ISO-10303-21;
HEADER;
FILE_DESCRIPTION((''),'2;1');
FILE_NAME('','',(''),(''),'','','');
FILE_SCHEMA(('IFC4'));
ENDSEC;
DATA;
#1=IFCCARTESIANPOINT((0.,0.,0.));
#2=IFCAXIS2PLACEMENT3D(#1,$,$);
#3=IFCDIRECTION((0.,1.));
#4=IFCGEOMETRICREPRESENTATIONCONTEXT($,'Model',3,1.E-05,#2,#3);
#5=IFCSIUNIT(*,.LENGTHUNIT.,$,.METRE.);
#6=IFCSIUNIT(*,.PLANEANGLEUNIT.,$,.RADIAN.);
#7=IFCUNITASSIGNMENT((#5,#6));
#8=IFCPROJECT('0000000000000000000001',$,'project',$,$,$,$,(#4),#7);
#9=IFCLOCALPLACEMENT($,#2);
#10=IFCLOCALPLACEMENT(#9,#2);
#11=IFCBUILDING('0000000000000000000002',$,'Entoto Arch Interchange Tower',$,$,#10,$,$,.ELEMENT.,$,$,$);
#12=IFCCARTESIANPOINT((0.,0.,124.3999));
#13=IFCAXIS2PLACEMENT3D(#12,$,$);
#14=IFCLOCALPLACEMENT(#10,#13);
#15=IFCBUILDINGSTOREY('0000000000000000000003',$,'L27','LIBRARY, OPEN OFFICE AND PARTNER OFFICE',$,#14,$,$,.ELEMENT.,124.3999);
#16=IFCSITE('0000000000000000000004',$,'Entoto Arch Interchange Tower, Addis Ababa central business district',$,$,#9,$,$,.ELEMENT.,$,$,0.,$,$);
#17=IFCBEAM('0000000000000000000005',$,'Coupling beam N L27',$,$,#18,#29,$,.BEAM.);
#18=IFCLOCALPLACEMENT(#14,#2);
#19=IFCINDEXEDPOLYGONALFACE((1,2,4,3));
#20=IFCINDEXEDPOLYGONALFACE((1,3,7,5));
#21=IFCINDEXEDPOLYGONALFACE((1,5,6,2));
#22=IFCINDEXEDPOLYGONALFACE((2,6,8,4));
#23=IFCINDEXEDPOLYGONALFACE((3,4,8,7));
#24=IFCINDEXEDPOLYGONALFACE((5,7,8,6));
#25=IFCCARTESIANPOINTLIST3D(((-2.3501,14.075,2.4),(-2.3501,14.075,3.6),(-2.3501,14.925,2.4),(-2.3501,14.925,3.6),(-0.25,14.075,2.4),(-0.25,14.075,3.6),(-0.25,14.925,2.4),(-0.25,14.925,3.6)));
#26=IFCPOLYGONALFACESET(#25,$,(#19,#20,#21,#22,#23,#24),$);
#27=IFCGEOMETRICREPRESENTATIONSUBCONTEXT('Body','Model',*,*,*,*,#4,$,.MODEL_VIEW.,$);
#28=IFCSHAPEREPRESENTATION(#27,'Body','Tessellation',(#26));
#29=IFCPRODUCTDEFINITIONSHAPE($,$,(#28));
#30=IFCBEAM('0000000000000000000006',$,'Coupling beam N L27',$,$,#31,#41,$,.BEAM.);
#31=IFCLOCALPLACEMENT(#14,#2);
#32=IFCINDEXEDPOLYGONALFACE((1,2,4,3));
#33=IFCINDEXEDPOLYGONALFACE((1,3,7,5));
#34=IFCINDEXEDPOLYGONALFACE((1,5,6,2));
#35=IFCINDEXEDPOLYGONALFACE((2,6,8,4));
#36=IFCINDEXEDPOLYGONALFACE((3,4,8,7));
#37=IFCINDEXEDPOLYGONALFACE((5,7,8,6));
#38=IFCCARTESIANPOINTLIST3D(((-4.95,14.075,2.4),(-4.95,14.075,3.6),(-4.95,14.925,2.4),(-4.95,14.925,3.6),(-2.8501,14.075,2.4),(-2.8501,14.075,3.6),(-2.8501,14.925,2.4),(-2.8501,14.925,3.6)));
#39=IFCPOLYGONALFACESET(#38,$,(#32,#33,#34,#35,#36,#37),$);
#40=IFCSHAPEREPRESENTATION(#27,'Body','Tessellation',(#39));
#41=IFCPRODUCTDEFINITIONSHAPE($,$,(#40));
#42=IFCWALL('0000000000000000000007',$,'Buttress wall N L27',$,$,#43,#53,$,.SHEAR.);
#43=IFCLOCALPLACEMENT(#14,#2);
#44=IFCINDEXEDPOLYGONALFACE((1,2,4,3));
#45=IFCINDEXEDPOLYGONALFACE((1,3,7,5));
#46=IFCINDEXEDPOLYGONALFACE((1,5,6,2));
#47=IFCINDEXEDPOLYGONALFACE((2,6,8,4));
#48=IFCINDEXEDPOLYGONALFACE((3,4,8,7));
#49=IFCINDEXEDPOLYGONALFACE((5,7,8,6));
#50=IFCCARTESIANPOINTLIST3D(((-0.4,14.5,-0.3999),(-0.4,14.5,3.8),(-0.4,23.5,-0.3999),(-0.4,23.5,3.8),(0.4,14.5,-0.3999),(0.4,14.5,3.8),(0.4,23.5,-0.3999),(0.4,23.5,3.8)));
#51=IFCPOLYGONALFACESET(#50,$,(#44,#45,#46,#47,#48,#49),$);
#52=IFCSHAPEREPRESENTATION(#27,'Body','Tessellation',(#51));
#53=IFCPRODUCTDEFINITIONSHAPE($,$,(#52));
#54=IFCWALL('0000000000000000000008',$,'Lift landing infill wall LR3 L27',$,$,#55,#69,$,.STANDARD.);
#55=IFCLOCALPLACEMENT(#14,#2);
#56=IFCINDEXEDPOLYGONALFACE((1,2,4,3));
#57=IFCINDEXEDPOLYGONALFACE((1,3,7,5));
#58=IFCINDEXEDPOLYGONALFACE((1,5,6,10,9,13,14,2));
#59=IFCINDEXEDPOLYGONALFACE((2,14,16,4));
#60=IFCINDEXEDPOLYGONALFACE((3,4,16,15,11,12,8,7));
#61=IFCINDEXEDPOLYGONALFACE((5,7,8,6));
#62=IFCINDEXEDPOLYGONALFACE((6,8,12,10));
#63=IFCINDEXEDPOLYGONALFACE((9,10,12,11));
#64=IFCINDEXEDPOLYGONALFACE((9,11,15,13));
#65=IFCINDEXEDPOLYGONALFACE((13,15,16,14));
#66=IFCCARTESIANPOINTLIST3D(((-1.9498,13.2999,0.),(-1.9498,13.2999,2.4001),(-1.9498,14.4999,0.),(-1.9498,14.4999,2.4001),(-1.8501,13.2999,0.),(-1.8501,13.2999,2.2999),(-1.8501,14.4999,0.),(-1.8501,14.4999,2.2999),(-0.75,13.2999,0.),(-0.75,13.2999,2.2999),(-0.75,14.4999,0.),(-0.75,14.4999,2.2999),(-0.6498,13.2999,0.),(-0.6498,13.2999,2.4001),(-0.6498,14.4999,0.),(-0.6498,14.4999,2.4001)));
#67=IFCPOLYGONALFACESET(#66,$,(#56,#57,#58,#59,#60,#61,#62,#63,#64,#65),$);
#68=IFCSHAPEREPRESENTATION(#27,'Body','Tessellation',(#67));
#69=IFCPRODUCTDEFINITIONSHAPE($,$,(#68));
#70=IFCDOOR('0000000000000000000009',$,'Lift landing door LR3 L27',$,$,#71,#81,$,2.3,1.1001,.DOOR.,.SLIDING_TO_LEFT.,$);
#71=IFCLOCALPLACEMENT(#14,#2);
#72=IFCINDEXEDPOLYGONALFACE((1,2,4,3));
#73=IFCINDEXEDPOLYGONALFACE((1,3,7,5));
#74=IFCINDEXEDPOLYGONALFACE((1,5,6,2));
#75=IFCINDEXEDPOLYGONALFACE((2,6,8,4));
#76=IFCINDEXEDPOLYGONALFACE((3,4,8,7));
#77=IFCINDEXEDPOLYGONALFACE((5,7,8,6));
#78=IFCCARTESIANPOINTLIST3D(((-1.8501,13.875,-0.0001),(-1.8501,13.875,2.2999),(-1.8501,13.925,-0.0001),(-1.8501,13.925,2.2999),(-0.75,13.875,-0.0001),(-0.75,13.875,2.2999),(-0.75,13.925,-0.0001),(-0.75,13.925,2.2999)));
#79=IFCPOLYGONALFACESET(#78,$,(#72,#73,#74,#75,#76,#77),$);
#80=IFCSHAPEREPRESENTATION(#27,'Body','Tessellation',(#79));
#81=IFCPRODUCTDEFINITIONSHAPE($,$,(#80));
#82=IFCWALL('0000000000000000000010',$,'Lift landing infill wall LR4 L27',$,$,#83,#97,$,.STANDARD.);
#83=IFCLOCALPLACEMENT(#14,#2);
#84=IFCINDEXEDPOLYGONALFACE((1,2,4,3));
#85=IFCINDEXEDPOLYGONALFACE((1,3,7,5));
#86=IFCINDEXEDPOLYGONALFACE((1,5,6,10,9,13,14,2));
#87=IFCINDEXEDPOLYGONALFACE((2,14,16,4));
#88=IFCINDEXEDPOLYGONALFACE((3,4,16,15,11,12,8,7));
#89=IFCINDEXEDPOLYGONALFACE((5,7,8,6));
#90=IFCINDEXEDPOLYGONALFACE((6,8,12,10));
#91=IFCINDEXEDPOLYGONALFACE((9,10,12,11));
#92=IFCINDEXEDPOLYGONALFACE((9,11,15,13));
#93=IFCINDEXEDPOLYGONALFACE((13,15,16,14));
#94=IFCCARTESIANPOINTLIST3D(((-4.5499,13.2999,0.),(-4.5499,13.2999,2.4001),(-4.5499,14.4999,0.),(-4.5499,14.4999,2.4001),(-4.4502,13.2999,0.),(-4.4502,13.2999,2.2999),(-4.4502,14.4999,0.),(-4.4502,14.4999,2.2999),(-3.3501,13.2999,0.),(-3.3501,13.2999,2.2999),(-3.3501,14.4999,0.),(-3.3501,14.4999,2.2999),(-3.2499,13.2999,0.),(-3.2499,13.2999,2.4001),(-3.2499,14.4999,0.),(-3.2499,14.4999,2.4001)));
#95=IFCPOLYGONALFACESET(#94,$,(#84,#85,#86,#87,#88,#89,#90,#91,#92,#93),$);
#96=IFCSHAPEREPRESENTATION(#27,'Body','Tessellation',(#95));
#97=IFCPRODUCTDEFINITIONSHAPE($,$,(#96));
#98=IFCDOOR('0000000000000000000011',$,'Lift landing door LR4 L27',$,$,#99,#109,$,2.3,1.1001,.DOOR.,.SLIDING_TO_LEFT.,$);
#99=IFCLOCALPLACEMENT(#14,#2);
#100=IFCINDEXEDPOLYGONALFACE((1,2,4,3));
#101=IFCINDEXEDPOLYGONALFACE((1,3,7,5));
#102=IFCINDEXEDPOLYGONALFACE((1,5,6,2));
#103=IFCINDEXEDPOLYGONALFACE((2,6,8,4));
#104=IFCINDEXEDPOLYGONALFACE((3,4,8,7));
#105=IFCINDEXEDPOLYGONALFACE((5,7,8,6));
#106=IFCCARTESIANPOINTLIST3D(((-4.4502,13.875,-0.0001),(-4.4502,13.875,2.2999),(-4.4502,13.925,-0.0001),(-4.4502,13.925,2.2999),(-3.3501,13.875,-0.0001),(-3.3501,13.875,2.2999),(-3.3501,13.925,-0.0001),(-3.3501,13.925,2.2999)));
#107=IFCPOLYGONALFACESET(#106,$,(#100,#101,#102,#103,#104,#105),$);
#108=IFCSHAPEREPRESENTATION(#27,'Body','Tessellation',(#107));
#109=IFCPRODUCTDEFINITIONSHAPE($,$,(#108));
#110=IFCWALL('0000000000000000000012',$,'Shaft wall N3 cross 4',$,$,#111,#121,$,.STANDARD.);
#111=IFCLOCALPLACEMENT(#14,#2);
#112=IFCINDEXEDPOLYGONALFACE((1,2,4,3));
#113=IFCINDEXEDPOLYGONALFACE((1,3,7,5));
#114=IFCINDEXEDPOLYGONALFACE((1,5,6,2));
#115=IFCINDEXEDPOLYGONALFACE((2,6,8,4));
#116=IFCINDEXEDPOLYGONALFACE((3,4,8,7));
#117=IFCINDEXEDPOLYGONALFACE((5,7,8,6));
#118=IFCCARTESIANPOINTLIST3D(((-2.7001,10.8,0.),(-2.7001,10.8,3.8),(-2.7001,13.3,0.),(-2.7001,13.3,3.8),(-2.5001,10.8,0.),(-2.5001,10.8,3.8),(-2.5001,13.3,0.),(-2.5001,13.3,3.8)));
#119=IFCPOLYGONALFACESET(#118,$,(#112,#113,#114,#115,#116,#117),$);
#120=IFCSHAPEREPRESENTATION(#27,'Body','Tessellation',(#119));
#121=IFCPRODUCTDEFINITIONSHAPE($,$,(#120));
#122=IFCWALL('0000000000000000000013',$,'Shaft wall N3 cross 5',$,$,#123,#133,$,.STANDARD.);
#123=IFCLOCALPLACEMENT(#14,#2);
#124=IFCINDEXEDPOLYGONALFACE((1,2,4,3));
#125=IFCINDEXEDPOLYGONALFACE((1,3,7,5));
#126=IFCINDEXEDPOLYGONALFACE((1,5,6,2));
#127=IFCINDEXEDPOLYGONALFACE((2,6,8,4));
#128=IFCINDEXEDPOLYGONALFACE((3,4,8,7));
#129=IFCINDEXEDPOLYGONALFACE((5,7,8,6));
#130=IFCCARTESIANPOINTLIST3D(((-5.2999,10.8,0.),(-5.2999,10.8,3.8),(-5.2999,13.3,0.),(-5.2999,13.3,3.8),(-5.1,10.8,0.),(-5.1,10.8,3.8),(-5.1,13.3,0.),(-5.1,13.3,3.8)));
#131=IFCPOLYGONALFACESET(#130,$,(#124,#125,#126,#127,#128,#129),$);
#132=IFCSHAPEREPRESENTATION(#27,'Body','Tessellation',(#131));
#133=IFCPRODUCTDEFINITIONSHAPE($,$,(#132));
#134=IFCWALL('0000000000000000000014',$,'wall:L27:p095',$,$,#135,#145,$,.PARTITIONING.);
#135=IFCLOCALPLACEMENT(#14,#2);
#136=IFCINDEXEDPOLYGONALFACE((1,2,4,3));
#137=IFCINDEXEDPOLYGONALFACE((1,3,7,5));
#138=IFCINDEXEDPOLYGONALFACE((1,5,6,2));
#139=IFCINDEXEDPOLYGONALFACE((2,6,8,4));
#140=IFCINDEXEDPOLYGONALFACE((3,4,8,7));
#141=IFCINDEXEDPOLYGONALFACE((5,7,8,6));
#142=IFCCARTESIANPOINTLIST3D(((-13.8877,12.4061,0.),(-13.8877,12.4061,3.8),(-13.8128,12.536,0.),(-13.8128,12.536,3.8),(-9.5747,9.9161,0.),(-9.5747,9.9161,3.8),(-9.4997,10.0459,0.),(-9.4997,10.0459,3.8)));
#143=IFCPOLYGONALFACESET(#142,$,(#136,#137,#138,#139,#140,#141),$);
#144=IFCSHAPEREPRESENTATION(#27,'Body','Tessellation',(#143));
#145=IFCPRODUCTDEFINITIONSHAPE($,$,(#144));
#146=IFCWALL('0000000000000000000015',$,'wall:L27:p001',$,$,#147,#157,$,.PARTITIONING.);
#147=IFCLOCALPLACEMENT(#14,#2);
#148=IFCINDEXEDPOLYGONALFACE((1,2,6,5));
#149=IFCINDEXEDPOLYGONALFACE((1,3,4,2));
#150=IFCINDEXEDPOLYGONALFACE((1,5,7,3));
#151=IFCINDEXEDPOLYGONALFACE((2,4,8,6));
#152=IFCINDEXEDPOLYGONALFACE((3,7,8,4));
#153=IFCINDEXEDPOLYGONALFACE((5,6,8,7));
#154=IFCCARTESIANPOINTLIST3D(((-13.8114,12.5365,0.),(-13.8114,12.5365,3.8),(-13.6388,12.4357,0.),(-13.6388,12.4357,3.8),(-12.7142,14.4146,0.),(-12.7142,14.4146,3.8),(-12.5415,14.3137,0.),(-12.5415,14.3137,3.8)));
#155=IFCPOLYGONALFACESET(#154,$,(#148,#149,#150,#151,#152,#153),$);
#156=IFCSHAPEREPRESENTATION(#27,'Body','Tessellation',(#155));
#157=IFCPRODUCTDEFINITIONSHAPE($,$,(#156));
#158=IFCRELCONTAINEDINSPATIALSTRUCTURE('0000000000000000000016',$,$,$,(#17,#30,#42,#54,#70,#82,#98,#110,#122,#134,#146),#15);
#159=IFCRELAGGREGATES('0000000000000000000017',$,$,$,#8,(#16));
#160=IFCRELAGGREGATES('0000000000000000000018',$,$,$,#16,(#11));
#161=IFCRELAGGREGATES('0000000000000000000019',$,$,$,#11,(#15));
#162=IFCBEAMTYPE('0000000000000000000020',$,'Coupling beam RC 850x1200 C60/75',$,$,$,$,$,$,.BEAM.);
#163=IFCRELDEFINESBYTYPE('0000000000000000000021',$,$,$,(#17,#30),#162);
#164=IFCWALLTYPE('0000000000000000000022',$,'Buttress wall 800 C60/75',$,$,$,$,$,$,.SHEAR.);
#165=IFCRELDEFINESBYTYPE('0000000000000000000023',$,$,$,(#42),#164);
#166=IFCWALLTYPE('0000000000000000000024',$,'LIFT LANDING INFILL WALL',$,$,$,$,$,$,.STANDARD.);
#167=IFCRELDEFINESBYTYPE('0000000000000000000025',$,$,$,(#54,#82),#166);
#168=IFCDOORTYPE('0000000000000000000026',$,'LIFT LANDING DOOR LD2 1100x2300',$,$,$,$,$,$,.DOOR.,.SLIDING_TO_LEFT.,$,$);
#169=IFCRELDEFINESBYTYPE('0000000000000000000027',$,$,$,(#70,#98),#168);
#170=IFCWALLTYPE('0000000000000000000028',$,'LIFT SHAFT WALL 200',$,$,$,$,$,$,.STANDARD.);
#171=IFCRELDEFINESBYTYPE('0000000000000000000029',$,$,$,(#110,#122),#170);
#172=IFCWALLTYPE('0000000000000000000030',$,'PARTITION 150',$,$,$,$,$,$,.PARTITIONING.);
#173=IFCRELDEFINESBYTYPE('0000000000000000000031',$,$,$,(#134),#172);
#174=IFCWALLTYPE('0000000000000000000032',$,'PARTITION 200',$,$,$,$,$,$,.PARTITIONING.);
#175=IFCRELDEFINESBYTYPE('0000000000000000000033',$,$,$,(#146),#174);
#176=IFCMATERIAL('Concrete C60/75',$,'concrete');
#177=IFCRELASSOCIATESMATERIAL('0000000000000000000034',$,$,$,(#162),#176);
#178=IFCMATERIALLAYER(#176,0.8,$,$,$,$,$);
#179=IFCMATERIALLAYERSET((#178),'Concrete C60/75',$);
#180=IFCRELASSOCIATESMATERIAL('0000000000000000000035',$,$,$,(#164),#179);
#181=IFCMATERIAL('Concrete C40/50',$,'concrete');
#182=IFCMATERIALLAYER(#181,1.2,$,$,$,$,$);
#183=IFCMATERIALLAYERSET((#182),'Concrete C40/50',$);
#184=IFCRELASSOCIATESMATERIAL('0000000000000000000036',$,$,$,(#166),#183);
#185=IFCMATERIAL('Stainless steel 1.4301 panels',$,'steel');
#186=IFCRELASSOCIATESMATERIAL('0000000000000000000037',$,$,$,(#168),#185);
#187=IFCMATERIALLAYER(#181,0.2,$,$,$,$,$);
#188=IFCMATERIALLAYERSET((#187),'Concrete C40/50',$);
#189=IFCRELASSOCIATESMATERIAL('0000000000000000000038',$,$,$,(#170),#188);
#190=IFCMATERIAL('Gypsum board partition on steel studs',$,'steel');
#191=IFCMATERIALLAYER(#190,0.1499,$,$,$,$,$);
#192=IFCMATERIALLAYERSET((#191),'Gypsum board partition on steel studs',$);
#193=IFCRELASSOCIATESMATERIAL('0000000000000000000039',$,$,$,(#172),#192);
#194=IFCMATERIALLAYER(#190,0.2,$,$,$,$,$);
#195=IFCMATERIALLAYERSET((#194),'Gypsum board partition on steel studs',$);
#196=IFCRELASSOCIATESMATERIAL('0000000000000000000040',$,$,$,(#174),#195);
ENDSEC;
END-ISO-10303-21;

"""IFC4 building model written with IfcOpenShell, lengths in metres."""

from ifc_helpers import new_model, si_unit, direction, frame, frame_2d, origin, origin_2d, place, context, subcontext, project, spatial, rectangle, extrude, material, layer, layer_set, material_profile, profile_set, type_object, element, fill, save


model = new_model("IFC4")

# Units and contexts
model_context = context("Model", 3, precision=1e-05, world=origin(), true_north=direction((0.0, 1.0)))
body_context = subcontext(model_context, "Body", "Model", "MODEL_VIEW")
ifc_project = project(units=[si_unit("LENGTHUNIT", "METRE"), si_unit("PLANEANGLEUNIT", "RADIAN")], contexts=[model_context])

# Site, building, storey
site_placement = place(None, origin())
site = spatial("IfcSite", under=ifc_project, at=site_placement, Name="Entoto Arch Interchange Tower, Addis Ababa central business district", CompositionType="ELEMENT", RefElevation=0.0)
building_placement = place(site_placement, origin())
building = spatial("IfcBuilding", under=site, at=building_placement, Name="Entoto Arch Interchange Tower", CompositionType="ELEMENT")
storey_placement = place(building_placement, frame((0.0, 0.0, 124.3999)))
storey = spatial("IfcBuildingStorey", under=building, at=storey_placement, Name="L27", Description="LIBRARY, OPEN OFFICE AND PARTNER OFFICE", CompositionType="ELEMENT", Elevation=124.3999)

# Beams
ifc_material_1 = material(Name="Concrete C60/75", Category="concrete")
ifc_material_profile = material_profile(ifc_material_1, rectangle(XDim=0.8501, YDim=1.2, at=origin_2d()))
ifc_profile_set = profile_set([ifc_material_profile], Name="Concrete C60/75")
beam_type = type_object("IfcBeamType", Name="Coupling beam RC 850x1200 C60/75", PredefinedType="BEAM", material=ifc_profile_set)
beam_1_placement = place(storey_placement, frame((-0.25, 14.5, 3.0), z_axis=(-1.0, 0.0, 0.0), x_axis=(0.0, -1.0, 0.0)))
element("IfcBeam", 1, at=beam_1_placement, inside=storey, type_object=beam_type, Name="Coupling beam N L27", PredefinedType="BEAM", context=body_context, shape_type="SweptSolid", body=[
    extrude(rectangle(XDim=0.8501, YDim=1.2, at=origin_2d()), origin(), (0.0, 0.0, 1.0), 2.1001),
])
beam_2_placement = place(storey_placement, frame((-2.8501, 14.5, 3.0), z_axis=(-1.0, 0.0, 0.0), x_axis=(0.0, -1.0, 0.0)))
element("IfcBeam", 2, at=beam_2_placement, inside=storey, type_object=beam_type, Name="Coupling beam N L27", PredefinedType="BEAM", context=body_context, shape_type="SweptSolid", body=[
    extrude(rectangle(XDim=0.8501, YDim=1.2, at=origin_2d()), origin(), (0.0, 0.0, 1.0), 2.0999),
])

# Wall
ifc_layer_1 = layer(ifc_material_1, 0.8)
ifc_layer_set_1 = layer_set([ifc_layer_1], Name="Concrete C60/75")
wall_type_1 = type_object("IfcWallType", Name="Buttress wall 800 C60/75", PredefinedType="SHEAR", material=ifc_layer_set_1)
wall_1_placement = place(storey_placement, frame((0.0, 14.5, -0.3999), z_axis=(0.0, 0.0, 1.0), x_axis=(0.0, 1.0, 0.0)))
element("IfcWall", 3, at=wall_1_placement, inside=storey, type_object=wall_type_1, Name="Buttress wall N L27", PredefinedType="SHEAR", context=body_context, shape_type="SweptSolid", body=[
    extrude(rectangle(XDim=9.0, YDim=0.8, at=frame_2d((4.5, 0.0))), origin(), (0.0, 0.0, 1.0), 4.2),
])

# Walls, openings, doors
ifc_material_2 = material(Name="Concrete C40/50", Category="concrete")
ifc_layer_2 = layer(ifc_material_2, 1.2)
ifc_layer_set_2 = layer_set([ifc_layer_2], Name="Concrete C40/50")
wall_type_2 = type_object("IfcWallType", Name="LIFT LANDING INFILL WALL", PredefinedType="STANDARD", material=ifc_layer_set_2)
wall_2_placement = place(storey_placement, frame((-0.6499, 13.8999, 0.0), z_axis=(0.0, 0.0, 1.0), x_axis=(-1.0, 0.0, 0.0)))
wall_2 = element("IfcWall", 4, at=wall_2_placement, inside=storey, type_object=wall_type_2, Name="Lift landing infill wall LR3 L27", PredefinedType="STANDARD", context=body_context, shape_type="SweptSolid", body=[
    extrude(rectangle(XDim=1.3, YDim=1.2, at=frame_2d((0.6499, 0.0))), origin(), (0.0, 0.0, 1.0), 2.4001),
])
opening_1_placement = place(wall_2_placement, frame((0.1001, 0.0, 0.0)))
opening_1 = element("IfcOpeningElement", 5, at=opening_1_placement, cuts=wall_2, PredefinedType="OPENING", context=body_context, shape_type="SweptSolid", body=[
    extrude(rectangle(XDim=1.1001, YDim=2.3, at=frame_2d((0.55, 1.1499))), frame((0.0, 0.6099, 0.0), z_axis=(0.0, -1.0, 0.0), x_axis=(1.0, 0.0, 0.0)), (0.0, 0.0, 1.0), 1.22),
])
ifc_material_3 = material(Name="Stainless steel 1.4301 panels", Category="steel")
door_type_1 = type_object("IfcDoorType", Name="LIFT LANDING DOOR LD2 1100x2300", OperationType="SLIDING_TO_LEFT", PredefinedType="DOOR", material=ifc_material_3)
door_1_placement = place(opening_1_placement, origin())
door_1 = element("IfcDoor", 6, at=door_1_placement, inside=storey, type_object=door_type_1, Name="Lift landing door LR3 L27", OperationType="SLIDING_TO_LEFT", OverallHeight=2.3, OverallWidth=1.1001, PredefinedType="DOOR", context=body_context, shape_type="SweptSolid", body=[
    extrude(rectangle(XDim=1.1001, YDim=2.3, at=frame_2d((0.55, 1.1499))), frame((0.0, 0.0249, 0.0), z_axis=(0.0, -1.0, 0.0), x_axis=(1.0, 0.0, 0.0)), (0.0, 0.0, 1.0), 0.05),
])
fill(opening_1, door_1)
wall_3_placement = place(storey_placement, frame((-3.25, 13.8999, 0.0), z_axis=(0.0, 0.0, 1.0), x_axis=(-1.0, 0.0, 0.0)))
wall_3 = element("IfcWall", 7, at=wall_3_placement, inside=storey, type_object=wall_type_2, Name="Lift landing infill wall LR4 L27", PredefinedType="STANDARD", context=body_context, shape_type="SweptSolid", body=[
    extrude(rectangle(XDim=1.3, YDim=1.2, at=frame_2d((0.6499, 0.0))), origin(), (0.0, 0.0, 1.0), 2.4001),
])
opening_2_placement = place(wall_3_placement, frame((0.1001, 0.0, 0.0)))
opening_2 = element("IfcOpeningElement", 8, at=opening_2_placement, cuts=wall_3, PredefinedType="OPENING", context=body_context, shape_type="SweptSolid", body=[
    extrude(rectangle(XDim=1.1001, YDim=2.3, at=frame_2d((0.55, 1.1499))), frame((0.0, 0.6099, 0.0), z_axis=(0.0, -1.0, 0.0), x_axis=(1.0, 0.0, 0.0)), (0.0, 0.0, 1.0), 1.22),
])
door_2_placement = place(opening_2_placement, origin())
door_2 = element("IfcDoor", 9, at=door_2_placement, inside=storey, type_object=door_type_1, Name="Lift landing door LR4 L27", OperationType="SLIDING_TO_LEFT", OverallHeight=2.3, OverallWidth=1.1001, PredefinedType="DOOR", context=body_context, shape_type="SweptSolid", body=[
    extrude(rectangle(XDim=1.1001, YDim=2.3, at=frame_2d((0.55, 1.1499))), frame((0.0, 0.0249, 0.0), z_axis=(0.0, -1.0, 0.0), x_axis=(1.0, 0.0, 0.0)), (0.0, 0.0, 1.0), 0.05),
])
fill(opening_2, door_2)

# Walls
ifc_layer_3 = layer(ifc_material_2, 0.2)
ifc_layer_set_3 = layer_set([ifc_layer_3], Name="Concrete C40/50")
wall_type_3 = type_object("IfcWallType", Name="LIFT SHAFT WALL 200", PredefinedType="STANDARD", material=ifc_layer_set_3)
for number, where, z_axis, x_axis, name in (
    (10, (-2.6001, 10.8, 0.0), (0.0, 0.0, 1.0), (0.0, 1.0, 0.0), "Shaft wall N3 cross 4"),
    (11, (-5.2, 10.8, 0.0), (0.0, 0.0, 1.0), (0.0, 1.0, 0.0), "Shaft wall N3 cross 5"),
):
    element("IfcWall", number, at=place(storey_placement, frame(where, z_axis=z_axis, x_axis=x_axis)), inside=storey, type_object=wall_type_3, Name=name, PredefinedType="STANDARD", context=body_context, shape_type="SweptSolid", body=[
        extrude(rectangle(XDim=2.5, YDim=0.2, at=frame_2d((1.25, 0.0))), origin(), (0.0, 0.0, 1.0), 3.8),
    ])
ifc_material_4 = material(Name="Gypsum board partition on steel studs", Category="steel")
ifc_layer_4 = layer(ifc_material_4, 0.1499)
ifc_layer_set_4 = layer_set([ifc_layer_4], Name="Gypsum board partition on steel studs")
wall_type_4 = type_object("IfcWallType", Name="PARTITION 150", PredefinedType="PARTITIONING", material=ifc_layer_set_4)
wall_4_placement = place(storey_placement, frame((-9.5371, 9.981, 0.0), z_axis=(0.0, 0.0, 1.0), x_axis=(-0.866035, 0.499983, 0.0)))
element("IfcWall", 12, at=wall_4_placement, inside=storey, type_object=wall_type_4, Name="wall:L27:p095", PredefinedType="PARTITIONING", context=body_context, shape_type="SweptSolid", body=[
    extrude(rectangle(XDim=4.9802, YDim=0.1499, at=frame_2d((2.4902, 0.0))), origin(), (0.0, 0.0, 1.0), 3.8),
])
ifc_layer_5 = layer(ifc_material_4, 0.2)
ifc_layer_set_5 = layer_set([ifc_layer_5], Name="Gypsum board partition on steel studs")
wall_type_5 = type_object("IfcWallType", Name="PARTITION 200", PredefinedType="PARTITIONING", material=ifc_layer_set_5)
wall_5_placement = place(storey_placement, frame((-12.6279, 14.364, 0.0), z_axis=(0.0, 0.0, 1.0), x_axis=(-0.504457, -0.863437, 0.0)))
element("IfcWall", 13, at=wall_5_placement, inside=storey, type_object=wall_type_5, Name="wall:L27:p001", PredefinedType="PARTITIONING", context=body_context, shape_type="SweptSolid", body=[
    extrude(rectangle(XDim=2.175, YDim=0.2, at=frame_2d((1.0874, 0.0))), origin(), (0.0, 0.0, 1.0), 3.8),
])

save(model, "model.ifc")
